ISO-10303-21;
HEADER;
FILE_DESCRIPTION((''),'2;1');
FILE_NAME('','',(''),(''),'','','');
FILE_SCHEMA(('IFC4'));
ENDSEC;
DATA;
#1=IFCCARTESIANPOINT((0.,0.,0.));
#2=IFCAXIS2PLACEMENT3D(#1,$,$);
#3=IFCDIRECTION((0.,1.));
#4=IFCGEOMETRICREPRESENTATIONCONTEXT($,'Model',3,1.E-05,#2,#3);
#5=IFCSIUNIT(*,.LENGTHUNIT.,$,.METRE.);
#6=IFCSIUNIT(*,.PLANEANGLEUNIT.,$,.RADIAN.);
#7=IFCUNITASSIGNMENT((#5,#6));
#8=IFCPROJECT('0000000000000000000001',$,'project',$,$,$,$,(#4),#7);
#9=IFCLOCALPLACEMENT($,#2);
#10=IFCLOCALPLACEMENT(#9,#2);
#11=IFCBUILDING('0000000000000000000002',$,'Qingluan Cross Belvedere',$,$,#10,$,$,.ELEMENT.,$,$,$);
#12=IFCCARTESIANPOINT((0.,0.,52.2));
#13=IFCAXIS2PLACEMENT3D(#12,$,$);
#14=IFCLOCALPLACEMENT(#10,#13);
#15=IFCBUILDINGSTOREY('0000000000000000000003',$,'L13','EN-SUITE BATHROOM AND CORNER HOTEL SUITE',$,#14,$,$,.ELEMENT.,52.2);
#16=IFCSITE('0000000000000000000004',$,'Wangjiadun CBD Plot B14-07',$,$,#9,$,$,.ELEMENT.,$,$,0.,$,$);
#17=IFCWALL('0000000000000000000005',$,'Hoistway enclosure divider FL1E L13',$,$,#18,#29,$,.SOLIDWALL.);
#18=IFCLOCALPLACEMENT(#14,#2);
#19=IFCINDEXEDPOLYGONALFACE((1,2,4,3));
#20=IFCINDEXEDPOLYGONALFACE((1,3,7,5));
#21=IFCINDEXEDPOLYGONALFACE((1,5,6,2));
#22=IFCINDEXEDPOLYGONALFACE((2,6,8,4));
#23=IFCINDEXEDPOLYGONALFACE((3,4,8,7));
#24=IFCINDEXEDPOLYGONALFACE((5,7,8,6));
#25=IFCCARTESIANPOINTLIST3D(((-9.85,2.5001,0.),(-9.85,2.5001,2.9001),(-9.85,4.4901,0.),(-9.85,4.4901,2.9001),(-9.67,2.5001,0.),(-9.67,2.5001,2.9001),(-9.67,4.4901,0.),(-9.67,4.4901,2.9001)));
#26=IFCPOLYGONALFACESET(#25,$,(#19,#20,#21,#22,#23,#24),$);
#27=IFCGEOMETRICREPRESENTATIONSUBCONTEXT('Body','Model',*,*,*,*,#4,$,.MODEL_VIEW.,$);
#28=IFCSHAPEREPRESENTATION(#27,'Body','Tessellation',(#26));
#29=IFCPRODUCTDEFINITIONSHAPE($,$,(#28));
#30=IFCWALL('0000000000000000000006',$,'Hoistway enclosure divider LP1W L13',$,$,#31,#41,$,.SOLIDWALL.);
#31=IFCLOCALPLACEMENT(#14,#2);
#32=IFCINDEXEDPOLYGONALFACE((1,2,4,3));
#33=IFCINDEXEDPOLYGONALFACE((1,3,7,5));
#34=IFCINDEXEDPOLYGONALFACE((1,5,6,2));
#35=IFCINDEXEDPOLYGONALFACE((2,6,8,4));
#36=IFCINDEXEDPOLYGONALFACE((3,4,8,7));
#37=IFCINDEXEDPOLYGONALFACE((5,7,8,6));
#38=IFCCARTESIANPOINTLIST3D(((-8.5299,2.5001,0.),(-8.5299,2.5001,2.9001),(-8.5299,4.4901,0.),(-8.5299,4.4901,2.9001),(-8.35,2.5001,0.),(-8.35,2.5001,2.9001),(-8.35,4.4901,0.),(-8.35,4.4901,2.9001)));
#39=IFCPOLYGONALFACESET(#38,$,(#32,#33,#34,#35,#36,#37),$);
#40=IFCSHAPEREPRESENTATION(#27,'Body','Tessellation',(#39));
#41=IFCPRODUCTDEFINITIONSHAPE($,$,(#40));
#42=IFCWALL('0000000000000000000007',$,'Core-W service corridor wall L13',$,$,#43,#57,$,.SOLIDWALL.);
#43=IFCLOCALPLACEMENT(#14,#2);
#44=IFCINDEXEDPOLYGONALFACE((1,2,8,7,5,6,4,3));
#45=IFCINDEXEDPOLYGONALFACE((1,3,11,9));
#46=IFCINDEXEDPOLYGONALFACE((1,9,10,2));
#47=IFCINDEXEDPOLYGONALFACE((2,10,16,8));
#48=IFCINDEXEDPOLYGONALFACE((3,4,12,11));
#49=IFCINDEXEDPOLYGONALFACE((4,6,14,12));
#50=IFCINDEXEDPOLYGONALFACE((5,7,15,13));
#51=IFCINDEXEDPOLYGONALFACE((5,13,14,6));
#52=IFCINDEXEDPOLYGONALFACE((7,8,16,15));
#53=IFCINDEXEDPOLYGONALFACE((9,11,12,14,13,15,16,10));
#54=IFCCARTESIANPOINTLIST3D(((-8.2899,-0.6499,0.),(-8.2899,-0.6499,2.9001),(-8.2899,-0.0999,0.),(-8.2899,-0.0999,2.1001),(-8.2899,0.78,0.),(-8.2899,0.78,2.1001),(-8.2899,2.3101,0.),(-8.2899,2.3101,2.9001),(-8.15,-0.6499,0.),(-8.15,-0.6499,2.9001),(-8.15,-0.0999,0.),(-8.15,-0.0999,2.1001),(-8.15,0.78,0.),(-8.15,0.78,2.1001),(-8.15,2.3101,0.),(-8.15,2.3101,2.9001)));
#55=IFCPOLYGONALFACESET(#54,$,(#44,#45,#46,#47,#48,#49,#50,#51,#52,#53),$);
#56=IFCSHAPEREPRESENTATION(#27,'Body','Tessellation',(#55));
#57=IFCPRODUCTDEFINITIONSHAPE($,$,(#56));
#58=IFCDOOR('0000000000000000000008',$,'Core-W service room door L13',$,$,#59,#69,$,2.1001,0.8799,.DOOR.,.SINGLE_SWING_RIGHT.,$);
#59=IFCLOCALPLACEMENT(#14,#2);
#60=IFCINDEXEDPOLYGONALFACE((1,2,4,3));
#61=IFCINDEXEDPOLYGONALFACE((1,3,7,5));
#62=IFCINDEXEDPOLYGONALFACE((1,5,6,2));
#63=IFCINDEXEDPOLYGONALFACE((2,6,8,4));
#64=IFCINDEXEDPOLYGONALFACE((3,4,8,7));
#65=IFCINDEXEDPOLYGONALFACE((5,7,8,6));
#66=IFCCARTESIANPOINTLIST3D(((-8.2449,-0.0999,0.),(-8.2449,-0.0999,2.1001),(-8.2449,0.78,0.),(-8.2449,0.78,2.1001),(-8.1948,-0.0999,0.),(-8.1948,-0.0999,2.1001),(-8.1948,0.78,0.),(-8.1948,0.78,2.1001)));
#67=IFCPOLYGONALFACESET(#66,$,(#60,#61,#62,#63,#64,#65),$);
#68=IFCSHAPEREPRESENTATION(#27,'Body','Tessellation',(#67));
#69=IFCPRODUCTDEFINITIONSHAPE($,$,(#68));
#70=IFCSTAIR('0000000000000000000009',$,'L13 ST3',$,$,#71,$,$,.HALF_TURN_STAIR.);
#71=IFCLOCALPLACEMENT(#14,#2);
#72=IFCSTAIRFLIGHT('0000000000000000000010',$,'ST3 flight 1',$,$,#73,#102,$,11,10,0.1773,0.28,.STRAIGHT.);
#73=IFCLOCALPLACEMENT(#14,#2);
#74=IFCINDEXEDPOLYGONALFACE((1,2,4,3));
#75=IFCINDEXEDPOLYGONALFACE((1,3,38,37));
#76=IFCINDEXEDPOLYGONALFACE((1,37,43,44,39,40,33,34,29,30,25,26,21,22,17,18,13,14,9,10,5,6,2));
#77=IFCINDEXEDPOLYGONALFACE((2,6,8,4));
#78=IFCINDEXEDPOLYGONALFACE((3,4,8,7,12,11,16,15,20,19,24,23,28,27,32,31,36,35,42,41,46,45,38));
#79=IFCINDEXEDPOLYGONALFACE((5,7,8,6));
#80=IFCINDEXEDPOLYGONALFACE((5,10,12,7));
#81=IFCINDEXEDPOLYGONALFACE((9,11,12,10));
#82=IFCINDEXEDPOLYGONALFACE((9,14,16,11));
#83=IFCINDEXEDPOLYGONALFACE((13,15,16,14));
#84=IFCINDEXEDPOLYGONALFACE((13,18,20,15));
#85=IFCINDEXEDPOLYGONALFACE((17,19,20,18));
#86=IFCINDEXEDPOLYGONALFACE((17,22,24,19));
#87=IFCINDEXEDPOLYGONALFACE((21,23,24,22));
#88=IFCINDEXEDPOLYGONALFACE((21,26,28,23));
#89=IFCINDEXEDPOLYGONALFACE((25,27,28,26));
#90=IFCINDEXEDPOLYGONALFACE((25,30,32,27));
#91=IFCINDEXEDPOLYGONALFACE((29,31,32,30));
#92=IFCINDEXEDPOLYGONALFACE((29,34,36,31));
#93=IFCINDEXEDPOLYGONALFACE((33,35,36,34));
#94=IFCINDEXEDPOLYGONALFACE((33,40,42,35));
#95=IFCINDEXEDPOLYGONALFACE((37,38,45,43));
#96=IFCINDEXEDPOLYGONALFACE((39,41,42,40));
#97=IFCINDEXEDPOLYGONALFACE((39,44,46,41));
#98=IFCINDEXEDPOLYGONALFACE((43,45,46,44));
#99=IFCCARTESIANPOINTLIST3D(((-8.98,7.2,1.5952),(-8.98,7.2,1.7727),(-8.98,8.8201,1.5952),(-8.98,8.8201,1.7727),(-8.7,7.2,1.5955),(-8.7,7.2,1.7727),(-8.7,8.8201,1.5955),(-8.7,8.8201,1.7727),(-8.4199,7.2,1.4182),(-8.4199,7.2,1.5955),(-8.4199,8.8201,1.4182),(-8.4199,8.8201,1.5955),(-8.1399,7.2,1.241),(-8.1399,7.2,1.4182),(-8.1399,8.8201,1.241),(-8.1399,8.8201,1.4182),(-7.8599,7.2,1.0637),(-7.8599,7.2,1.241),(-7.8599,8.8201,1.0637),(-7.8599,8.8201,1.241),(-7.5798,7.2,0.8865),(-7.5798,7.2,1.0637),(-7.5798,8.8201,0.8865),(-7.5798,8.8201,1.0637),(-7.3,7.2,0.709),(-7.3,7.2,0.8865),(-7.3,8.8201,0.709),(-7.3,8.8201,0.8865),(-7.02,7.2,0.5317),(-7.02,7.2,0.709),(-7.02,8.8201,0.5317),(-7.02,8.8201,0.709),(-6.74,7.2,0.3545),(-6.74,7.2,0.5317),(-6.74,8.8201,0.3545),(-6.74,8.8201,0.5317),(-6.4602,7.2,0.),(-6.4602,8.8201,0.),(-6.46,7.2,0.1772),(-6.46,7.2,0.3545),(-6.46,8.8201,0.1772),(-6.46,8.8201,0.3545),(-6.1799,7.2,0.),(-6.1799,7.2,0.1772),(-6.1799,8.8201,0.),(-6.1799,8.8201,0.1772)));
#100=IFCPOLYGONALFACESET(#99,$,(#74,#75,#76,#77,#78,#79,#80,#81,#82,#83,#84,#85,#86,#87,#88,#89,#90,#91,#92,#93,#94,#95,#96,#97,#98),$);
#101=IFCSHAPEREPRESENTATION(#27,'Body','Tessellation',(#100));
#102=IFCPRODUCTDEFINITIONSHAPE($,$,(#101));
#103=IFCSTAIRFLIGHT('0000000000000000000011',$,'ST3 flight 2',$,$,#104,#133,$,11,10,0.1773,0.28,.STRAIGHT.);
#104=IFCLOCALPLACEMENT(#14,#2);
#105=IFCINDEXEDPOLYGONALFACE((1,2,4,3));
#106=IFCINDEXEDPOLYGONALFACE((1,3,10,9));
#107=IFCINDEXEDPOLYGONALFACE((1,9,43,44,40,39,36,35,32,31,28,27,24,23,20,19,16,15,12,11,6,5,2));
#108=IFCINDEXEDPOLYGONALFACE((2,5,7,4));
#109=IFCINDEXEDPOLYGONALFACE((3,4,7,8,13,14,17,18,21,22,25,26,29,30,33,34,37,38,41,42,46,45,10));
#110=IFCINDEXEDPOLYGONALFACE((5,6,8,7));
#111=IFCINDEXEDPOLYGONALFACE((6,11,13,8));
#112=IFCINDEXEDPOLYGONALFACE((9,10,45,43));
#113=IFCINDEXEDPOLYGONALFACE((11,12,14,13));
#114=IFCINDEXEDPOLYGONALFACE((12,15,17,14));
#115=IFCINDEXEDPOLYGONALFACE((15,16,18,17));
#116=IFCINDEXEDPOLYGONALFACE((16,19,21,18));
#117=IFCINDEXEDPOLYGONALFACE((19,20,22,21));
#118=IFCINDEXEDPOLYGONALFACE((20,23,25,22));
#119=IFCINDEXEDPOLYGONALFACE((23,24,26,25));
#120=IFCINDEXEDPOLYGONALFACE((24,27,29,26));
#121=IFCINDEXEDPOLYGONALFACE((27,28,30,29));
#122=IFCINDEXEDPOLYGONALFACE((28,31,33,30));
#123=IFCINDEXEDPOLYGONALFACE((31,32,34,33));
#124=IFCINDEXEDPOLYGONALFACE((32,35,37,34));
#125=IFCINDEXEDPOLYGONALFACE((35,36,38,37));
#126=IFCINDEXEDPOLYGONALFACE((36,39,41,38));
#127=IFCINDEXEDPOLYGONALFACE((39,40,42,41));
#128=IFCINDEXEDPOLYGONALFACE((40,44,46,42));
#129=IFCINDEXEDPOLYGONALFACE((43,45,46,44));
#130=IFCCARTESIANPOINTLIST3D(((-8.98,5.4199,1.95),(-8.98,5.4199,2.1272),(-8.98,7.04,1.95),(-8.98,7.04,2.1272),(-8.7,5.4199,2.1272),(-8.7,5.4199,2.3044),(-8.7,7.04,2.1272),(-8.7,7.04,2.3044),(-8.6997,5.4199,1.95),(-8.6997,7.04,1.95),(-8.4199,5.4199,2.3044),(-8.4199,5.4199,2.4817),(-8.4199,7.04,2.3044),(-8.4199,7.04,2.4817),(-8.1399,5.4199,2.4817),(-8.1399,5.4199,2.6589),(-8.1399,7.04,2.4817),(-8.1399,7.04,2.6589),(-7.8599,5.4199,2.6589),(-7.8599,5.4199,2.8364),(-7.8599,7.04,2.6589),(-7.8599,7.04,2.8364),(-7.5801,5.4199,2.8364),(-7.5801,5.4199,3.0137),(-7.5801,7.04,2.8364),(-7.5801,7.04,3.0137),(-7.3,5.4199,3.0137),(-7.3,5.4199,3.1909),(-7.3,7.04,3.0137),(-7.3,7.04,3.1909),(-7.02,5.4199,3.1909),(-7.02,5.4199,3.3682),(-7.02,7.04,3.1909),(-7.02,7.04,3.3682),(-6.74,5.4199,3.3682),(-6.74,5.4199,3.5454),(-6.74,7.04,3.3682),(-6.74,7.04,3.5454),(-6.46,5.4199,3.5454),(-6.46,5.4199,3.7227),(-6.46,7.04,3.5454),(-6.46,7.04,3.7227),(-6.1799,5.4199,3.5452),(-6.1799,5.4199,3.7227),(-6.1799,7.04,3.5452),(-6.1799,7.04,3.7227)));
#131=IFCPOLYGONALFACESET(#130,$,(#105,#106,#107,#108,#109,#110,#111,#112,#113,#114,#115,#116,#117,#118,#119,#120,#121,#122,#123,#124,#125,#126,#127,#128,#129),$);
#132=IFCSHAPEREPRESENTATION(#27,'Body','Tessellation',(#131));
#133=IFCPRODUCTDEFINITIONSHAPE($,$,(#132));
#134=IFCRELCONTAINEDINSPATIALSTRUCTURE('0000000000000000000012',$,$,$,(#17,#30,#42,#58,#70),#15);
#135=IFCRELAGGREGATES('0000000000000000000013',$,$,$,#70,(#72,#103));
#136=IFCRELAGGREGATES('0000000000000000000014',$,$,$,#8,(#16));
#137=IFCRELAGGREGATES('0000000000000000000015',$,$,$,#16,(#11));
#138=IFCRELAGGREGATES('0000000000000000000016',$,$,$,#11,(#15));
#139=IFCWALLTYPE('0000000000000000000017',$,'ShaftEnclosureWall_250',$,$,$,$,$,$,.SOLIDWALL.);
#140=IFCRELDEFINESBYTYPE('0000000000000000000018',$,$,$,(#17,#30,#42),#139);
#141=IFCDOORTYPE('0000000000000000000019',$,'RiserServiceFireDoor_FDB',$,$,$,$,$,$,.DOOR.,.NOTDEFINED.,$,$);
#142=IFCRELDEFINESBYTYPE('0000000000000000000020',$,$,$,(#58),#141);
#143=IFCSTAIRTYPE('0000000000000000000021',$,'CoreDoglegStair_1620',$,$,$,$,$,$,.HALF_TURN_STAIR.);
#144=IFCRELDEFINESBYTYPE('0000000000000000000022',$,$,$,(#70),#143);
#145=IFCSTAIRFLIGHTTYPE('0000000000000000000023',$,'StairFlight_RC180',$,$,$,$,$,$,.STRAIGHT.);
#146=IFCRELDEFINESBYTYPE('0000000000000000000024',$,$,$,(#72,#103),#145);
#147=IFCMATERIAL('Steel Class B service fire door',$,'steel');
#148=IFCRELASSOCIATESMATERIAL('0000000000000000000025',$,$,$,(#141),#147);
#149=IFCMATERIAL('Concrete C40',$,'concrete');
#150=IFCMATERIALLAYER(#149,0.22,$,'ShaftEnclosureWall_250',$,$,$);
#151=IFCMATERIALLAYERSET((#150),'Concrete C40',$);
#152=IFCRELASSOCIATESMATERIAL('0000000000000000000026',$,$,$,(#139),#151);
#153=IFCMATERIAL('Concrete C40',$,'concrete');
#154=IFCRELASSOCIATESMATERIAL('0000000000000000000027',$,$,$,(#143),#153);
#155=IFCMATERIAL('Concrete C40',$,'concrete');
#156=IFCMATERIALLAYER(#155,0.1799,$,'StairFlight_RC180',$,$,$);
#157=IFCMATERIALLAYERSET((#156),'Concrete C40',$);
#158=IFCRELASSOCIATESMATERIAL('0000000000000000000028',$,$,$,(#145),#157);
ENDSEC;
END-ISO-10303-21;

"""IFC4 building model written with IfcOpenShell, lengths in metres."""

from ifc_helpers import new_model, si_unit, direction, frame, frame_2d, origin, place, context, subcontext, project, spatial, polyline, rectangle, outline, extrude, material, layer, layer_set, type_object, element, fill, aggregate, save


model = new_model("IFC4")

# Units and contexts
model_context = context("Model", 3, precision=1e-05, world=origin(), true_north=direction((0.0, 1.0)))
body_context = subcontext(model_context, "Body", "Model", "MODEL_VIEW")
ifc_project = project(units=[si_unit("LENGTHUNIT", "METRE"), si_unit("PLANEANGLEUNIT", "RADIAN")], contexts=[model_context])

# Site, building, storey
site_placement = place(None, origin())
site = spatial("IfcSite", under=ifc_project, at=site_placement, Name="Wangjiadun CBD Plot B14-07", CompositionType="ELEMENT", RefElevation=0.0)
building_placement = place(site_placement, origin())
building = spatial("IfcBuilding", under=site, at=building_placement, Name="Qingluan Cross Belvedere", CompositionType="ELEMENT")
storey_placement = place(building_placement, frame((0.0, 0.0, 52.2)))
storey = spatial("IfcBuildingStorey", under=building, at=storey_placement, Name="L13", Description="EN-SUITE BATHROOM AND CORNER HOTEL SUITE", CompositionType="ELEMENT", Elevation=52.2)

# Shared definitions
ifc_material_1 = material(Name="Steel Class B service fire door", Category="steel")
door_type_1 = type_object("IfcDoorType", Name="RiserServiceFireDoor_FDB", OperationType="NOTDEFINED", PredefinedType="DOOR", material=ifc_material_1)

# Shared definitions
ifc_material_2 = material(Name="Concrete C40", Category="concrete")
ifc_layer_1 = layer(ifc_material_2, 0.22, Name="ShaftEnclosureWall_250")
ifc_layer_set_1 = layer_set([ifc_layer_1], Name="Concrete C40")
wall_type_1 = type_object("IfcWallType", Name="ShaftEnclosureWall_250", PredefinedType="SOLIDWALL", material=ifc_layer_set_1)

# Walls
for number, where, z_axis, x_axis, name in (
    (1, (-9.76, 2.5, 0.0), (0.0, 0.0, 1.0), (0.0, 1.0, 0.0), "Hoistway enclosure divider FL1E L13"),
    (2, (-8.4399, 2.5, 0.0), (0.0, 0.0, 1.0), (0.0, 1.0, 0.0), "Hoistway enclosure divider LP1W L13"),
):
    element("IfcWall", number, at=place(storey_placement, frame(where, z_axis=z_axis, x_axis=x_axis)), inside=storey, type_object=wall_type_1, Name=name, PredefinedType="SOLIDWALL", context=body_context, shape_type="SweptSolid", body=[
        extrude(rectangle(XDim=1.99, YDim=0.1799, at=frame_2d((0.9951, 0.0))), origin(), (0.0, 0.0, 1.0), 2.9001),
    ])

# Wall, opening, door
wall_1_placement = place(storey_placement, frame((-8.22, -0.6499, 0.0), z_axis=(0.0, 0.0, 1.0), x_axis=(0.0, 1.0, 0.0)))
wall_1 = element("IfcWall", 3, at=wall_1_placement, inside=storey, type_object=wall_type_1, Name="Core-W service corridor wall L13", PredefinedType="SOLIDWALL", context=body_context, shape_type="SweptSolid", body=[
    extrude(rectangle(XDim=2.96, YDim=0.1399, at=frame_2d((1.48, 0.0))), origin(), (0.0, 0.0, 1.0), 2.9001),
])
opening_1_placement = place(wall_1_placement, frame((0.55, 0.0, 0.0)))
opening_1 = element("IfcOpeningElement", 4, at=opening_1_placement, cuts=wall_1, PredefinedType="OPENING", context=body_context, shape_type="SweptSolid", body=[
    extrude(rectangle(XDim=0.8799, YDim=2.1001, at=frame_2d((0.4399, 1.05))), frame((0.0, 0.0798, 0.0), z_axis=(0.0, -1.0, 0.0), x_axis=(1.0, 0.0, 0.0)), (0.0, 0.0, 1.0), 0.1599),
])
door_1_placement = place(opening_1_placement, origin())
door_1 = element("IfcDoor", 5, at=door_1_placement, inside=storey, type_object=door_type_1, Name="Core-W service room door L13", OperationType="SINGLE_SWING_RIGHT", OverallHeight=2.1001, OverallWidth=0.8799, PredefinedType="DOOR", context=body_context, shape_type="SweptSolid", body=[
    extrude(rectangle(XDim=0.8799, YDim=2.1001, at=frame_2d((0.4399, 1.05))), frame((0.0, 0.0249, 0.0), z_axis=(0.0, -1.0, 0.0), x_axis=(1.0, 0.0, 0.0)), (0.0, 0.0, 1.0), 0.05),
])
fill(opening_1, door_1)

# Stair, stair flights
ifc_material_3 = material(Name="Concrete C40", Category="concrete")
stair_type = type_object("IfcStairType", Name="CoreDoglegStair_1620", PredefinedType="HALF_TURN_STAIR", material=ifc_material_3)
stair_placement = place(storey_placement, origin())
stair = element("IfcStair", 6, at=stair_placement, inside=storey, type_object=stair_type, Name="L13 ST3", PredefinedType="HALF_TURN_STAIR")
ifc_material_4 = material(Name="Concrete C40", Category="concrete")
ifc_layer_2 = layer(ifc_material_4, 0.1799, Name="StairFlight_RC180")
ifc_layer_set_2 = layer_set([ifc_layer_2], Name="Concrete C40")
stair_flight_type = type_object("IfcStairFlightType", Name="StairFlight_RC180", PredefinedType="STRAIGHT", material=ifc_layer_set_2)
stair_flight_1_placement = place(storey_placement, frame((-6.1799, 8.01, 0.0), z_axis=(0.0, 0.0, 1.0), x_axis=(-1.0, 0.0, 0.0)))
stair_flight_1 = element("IfcStairFlight", 7, at=stair_flight_1_placement, type_object=stair_flight_type, Name="ST3 flight 1", NumberOfRisers=11, NumberOfTreads=10, PredefinedType="STRAIGHT", RiserHeight=0.1773, TreadLength=0.28, context=body_context, shape_type="SweptSolid", body=[
    extrude(outline(polyline([(0.0, 0.0), (0.0, 0.1772), (0.28, 0.1772), (0.28, 0.3545), (0.5601, 0.3545), (0.5601, 0.5317), (0.8401, 0.5317), (0.8401, 0.709), (1.1201, 0.709), (1.1201, 0.8865), (1.3999, 0.8865), (1.3999, 1.0637), (1.6799, 1.0637), (1.6799, 1.241), (1.96, 1.241), (1.96, 1.4182), (2.24, 1.4182), (2.24, 1.5955), (2.52, 1.5955), (2.52, 1.7727), (2.8, 1.7727), (2.8, 1.95), (2.8, 1.5952), (0.2803, 0.0), (0.0, 0.0)])), frame((0.0, 0.8101, 0.0), z_axis=(0.0, -1.0, 0.0), x_axis=(1.0, 0.0, 0.0)), (0.0, 0.0, 1.0), 1.6201),
])
stair_flight_2_placement = place(storey_placement, frame((-8.98, 6.23, 1.95), z_axis=(0.0, 0.0, 1.0), x_axis=(1.0, 0.0, 0.0)))
stair_flight_2 = element("IfcStairFlight", 8, at=stair_flight_2_placement, type_object=stair_flight_type, Name="ST3 flight 2", NumberOfRisers=11, NumberOfTreads=10, PredefinedType="STRAIGHT", RiserHeight=0.1773, TreadLength=0.28, context=body_context, shape_type="SweptSolid", body=[
    extrude(outline(polyline([(0.0, 0.0), (0.0, 0.1772), (0.28, 0.1772), (0.28, 0.3545), (0.5601, 0.3545), (0.5601, 0.5317), (0.8401, 0.5317), (0.8401, 0.709), (1.1201, 0.709), (1.1201, 0.8865), (1.3999, 0.8865), (1.3999, 1.0637), (1.6799, 1.0637), (1.6799, 1.241), (1.96, 1.241), (1.96, 1.4182), (2.24, 1.4182), (2.24, 1.5955), (2.52, 1.5955), (2.52, 1.7727), (2.8, 1.7727), (2.8, 1.95), (2.8, 1.5952), (0.2803, 0.0), (0.0, 0.0)])), frame((0.0, 0.8101, 0.0), z_axis=(0.0, -1.0, 0.0), x_axis=(1.0, 0.0, 0.0)), (0.0, 0.0, 1.0), 1.6201),
])
aggregate(stair, [stair_flight_1, stair_flight_2])

save(model, "model.ifc")
